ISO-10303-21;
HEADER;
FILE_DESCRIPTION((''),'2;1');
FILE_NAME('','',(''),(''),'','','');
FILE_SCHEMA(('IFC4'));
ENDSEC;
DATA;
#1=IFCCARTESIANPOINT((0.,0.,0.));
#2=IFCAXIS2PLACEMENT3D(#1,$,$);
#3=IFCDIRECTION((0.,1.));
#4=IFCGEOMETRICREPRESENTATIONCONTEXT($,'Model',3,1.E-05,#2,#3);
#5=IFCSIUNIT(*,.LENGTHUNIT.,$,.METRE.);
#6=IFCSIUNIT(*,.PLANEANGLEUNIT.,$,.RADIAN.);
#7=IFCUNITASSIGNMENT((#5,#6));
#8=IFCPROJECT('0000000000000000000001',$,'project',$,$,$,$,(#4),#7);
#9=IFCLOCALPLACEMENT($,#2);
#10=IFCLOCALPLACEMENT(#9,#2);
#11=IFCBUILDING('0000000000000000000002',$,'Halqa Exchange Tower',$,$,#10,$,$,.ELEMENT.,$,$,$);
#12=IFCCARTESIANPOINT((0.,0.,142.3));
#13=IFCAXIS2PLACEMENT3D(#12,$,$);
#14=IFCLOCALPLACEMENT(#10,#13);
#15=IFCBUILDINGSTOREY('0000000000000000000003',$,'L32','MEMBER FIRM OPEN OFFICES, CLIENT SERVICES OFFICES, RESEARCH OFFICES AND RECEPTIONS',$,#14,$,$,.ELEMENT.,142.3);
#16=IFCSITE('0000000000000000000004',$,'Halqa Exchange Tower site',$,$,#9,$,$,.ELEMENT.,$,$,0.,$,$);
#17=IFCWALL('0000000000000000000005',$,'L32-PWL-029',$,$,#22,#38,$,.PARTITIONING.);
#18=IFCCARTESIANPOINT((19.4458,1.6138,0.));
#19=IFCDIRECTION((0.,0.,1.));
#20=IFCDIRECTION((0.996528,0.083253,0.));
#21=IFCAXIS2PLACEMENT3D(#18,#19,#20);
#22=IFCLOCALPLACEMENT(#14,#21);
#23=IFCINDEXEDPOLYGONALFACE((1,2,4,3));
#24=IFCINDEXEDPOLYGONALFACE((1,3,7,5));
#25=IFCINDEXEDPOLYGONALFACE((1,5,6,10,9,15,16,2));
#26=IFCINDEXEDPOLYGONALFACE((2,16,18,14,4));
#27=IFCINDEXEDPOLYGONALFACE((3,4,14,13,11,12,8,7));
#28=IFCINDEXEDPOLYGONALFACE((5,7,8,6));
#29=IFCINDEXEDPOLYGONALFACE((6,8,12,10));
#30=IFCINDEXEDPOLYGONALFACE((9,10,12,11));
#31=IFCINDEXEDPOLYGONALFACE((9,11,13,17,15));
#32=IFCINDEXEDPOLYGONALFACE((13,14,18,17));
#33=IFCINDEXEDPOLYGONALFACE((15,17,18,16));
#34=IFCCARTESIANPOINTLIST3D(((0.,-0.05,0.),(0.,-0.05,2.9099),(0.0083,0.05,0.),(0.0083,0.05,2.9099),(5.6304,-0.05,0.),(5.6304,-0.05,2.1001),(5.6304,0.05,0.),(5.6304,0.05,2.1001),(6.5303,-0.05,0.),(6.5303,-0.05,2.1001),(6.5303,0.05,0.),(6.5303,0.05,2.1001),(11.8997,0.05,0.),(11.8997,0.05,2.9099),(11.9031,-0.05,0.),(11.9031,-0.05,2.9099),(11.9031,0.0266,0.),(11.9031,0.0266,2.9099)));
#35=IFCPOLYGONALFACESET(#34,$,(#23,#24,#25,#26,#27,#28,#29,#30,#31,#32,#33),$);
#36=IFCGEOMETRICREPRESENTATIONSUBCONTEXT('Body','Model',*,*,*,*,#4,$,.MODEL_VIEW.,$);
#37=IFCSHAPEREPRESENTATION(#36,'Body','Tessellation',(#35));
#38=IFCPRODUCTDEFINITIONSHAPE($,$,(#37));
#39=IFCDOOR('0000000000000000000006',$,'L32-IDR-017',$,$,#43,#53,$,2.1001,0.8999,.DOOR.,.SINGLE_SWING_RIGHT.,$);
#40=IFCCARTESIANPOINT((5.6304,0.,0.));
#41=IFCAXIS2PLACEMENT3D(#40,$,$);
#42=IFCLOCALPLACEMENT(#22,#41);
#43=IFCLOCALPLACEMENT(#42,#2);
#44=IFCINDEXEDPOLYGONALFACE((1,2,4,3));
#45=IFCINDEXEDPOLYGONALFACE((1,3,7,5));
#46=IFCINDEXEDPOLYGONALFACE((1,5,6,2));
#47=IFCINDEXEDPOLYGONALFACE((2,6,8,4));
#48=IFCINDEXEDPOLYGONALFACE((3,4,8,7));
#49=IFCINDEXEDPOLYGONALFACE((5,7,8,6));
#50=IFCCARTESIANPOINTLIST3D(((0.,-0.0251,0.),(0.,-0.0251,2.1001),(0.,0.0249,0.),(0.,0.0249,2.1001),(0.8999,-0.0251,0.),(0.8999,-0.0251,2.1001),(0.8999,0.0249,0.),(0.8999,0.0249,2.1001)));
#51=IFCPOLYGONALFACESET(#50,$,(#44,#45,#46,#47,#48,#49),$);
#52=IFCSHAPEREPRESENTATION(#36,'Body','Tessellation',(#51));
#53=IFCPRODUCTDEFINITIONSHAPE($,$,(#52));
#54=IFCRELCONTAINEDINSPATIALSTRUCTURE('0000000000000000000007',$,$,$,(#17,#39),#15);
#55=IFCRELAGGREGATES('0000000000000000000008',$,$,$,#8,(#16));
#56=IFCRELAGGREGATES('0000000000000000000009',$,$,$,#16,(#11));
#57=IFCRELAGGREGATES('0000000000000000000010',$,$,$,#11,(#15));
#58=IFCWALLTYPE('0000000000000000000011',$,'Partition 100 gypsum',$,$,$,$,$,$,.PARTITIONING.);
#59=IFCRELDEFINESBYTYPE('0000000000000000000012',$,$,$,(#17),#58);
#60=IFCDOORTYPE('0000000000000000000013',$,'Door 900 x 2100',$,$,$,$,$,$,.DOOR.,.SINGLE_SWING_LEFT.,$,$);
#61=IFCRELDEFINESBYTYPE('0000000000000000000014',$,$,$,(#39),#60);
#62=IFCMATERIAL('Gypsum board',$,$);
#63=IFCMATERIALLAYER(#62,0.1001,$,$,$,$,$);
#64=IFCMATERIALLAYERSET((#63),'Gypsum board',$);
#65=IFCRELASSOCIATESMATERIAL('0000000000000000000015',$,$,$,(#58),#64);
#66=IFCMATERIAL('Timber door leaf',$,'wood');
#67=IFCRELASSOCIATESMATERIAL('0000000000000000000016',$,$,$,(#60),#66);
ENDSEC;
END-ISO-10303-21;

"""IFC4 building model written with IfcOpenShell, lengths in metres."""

from ifc_helpers import new_model, si_unit, direction, frame, frame_2d, origin, place, context, subcontext, project, spatial, polyline, rectangle, outline, extrude, material, layer, layer_set, type_object, element, fill, save


model = new_model("IFC4")

# Units and contexts
model_context = context("Model", 3, precision=1e-05, world=origin(), true_north=direction((0.0, 1.0)))
body_context = subcontext(model_context, "Body", "Model", "MODEL_VIEW")
ifc_project = project(units=[si_unit("LENGTHUNIT", "METRE"), si_unit("PLANEANGLEUNIT", "RADIAN")], contexts=[model_context])

# Site, building, storey
site_placement = place(None, origin())
site = spatial("IfcSite", under=ifc_project, at=site_placement, Name="Halqa Exchange Tower site", CompositionType="ELEMENT", RefElevation=0.0)
building_placement = place(site_placement, origin())
building = spatial("IfcBuilding", under=site, at=building_placement, Name="Halqa Exchange Tower", CompositionType="ELEMENT")
storey_placement = place(building_placement, frame((0.0, 0.0, 142.3)))
storey = spatial("IfcBuildingStorey", under=building, at=storey_placement, Name="L32", Description="MEMBER FIRM OPEN OFFICES, CLIENT SERVICES OFFICES, RESEARCH OFFICES AND RECEPTIONS", CompositionType="ELEMENT", Elevation=142.3)

# Shared definitions
ifc_material_1 = material(Name="Gypsum board")
ifc_layer_1 = layer(ifc_material_1, 0.1001)
ifc_layer_set_1 = layer_set([ifc_layer_1], Name="Gypsum board")
wall_type_1 = type_object("IfcWallType", Name="Partition 100 gypsum", PredefinedType="PARTITIONING", material=ifc_layer_set_1)

# Wall, opening, door
wall_1_placement = place(storey_placement, frame((19.4458, 1.6138, 0.0), z_axis=(0.0, 0.0, 1.0), x_axis=(0.996528, 0.083253, 0.0)))
wall_1 = element("IfcWall", 1, at=wall_1_placement, inside=storey, type_object=wall_type_1, Name="L32-PWL-029", PredefinedType="PARTITIONING", context=body_context, shape_type="SweptSolid", body=[
    extrude(outline(polyline([(0.0, -0.05), (1.9839, -0.05), (3.9678, -0.05), (5.9517, -0.05), (7.9353, -0.05), (9.9192, -0.05), (11.9031, -0.05), (11.9031, -0.0498), (11.9031, 0.0266), (11.8997, 0.05), (9.9177, 0.05), (7.9358, 0.05), (5.9541, 0.05), (3.9722, 0.05), (1.9902, 0.05), (0.0083, 0.05), (0.0, -0.05)])), origin(), (0.0, 0.0, 1.0), 2.9099),
])
opening_1_placement = place(wall_1_placement, frame((5.6304, 0.0, 0.0)))
opening_1 = element("IfcOpeningElement", 2, at=opening_1_placement, cuts=wall_1, PredefinedType="OPENING", context=body_context, shape_type="SweptSolid", body=[
    extrude(rectangle(XDim=0.8999, YDim=2.1001, at=frame_2d((0.45, 1.05))), frame((0.0, 0.062, 0.0), z_axis=(0.0, -1.0, 0.0), x_axis=(1.0, 0.0, 0.0)), (0.0, 0.0, 1.0), 0.124),
])
ifc_material_2 = material(Name="Timber door leaf", Category="wood")
door_type = type_object("IfcDoorType", Name="Door 900 x 2100", OperationType="SINGLE_SWING_LEFT", PredefinedType="DOOR", material=ifc_material_2)
door_placement = place(opening_1_placement, origin())
door = element("IfcDoor", 3, at=door_placement, inside=storey, type_object=door_type, Name="L32-IDR-017", OperationType="SINGLE_SWING_RIGHT", OverallHeight=2.1001, OverallWidth=0.8999, PredefinedType="DOOR", context=body_context, shape_type="SweptSolid", body=[
    extrude(rectangle(XDim=0.8999, YDim=2.1001, at=frame_2d((0.45, 1.05))), frame((0.0, 0.0249, 0.0), z_axis=(0.0, -1.0, 0.0), x_axis=(1.0, 0.0, 0.0)), (0.0, 0.0, 1.0), 0.05),
])
fill(opening_1, door)

save(model, "model.ifc")
